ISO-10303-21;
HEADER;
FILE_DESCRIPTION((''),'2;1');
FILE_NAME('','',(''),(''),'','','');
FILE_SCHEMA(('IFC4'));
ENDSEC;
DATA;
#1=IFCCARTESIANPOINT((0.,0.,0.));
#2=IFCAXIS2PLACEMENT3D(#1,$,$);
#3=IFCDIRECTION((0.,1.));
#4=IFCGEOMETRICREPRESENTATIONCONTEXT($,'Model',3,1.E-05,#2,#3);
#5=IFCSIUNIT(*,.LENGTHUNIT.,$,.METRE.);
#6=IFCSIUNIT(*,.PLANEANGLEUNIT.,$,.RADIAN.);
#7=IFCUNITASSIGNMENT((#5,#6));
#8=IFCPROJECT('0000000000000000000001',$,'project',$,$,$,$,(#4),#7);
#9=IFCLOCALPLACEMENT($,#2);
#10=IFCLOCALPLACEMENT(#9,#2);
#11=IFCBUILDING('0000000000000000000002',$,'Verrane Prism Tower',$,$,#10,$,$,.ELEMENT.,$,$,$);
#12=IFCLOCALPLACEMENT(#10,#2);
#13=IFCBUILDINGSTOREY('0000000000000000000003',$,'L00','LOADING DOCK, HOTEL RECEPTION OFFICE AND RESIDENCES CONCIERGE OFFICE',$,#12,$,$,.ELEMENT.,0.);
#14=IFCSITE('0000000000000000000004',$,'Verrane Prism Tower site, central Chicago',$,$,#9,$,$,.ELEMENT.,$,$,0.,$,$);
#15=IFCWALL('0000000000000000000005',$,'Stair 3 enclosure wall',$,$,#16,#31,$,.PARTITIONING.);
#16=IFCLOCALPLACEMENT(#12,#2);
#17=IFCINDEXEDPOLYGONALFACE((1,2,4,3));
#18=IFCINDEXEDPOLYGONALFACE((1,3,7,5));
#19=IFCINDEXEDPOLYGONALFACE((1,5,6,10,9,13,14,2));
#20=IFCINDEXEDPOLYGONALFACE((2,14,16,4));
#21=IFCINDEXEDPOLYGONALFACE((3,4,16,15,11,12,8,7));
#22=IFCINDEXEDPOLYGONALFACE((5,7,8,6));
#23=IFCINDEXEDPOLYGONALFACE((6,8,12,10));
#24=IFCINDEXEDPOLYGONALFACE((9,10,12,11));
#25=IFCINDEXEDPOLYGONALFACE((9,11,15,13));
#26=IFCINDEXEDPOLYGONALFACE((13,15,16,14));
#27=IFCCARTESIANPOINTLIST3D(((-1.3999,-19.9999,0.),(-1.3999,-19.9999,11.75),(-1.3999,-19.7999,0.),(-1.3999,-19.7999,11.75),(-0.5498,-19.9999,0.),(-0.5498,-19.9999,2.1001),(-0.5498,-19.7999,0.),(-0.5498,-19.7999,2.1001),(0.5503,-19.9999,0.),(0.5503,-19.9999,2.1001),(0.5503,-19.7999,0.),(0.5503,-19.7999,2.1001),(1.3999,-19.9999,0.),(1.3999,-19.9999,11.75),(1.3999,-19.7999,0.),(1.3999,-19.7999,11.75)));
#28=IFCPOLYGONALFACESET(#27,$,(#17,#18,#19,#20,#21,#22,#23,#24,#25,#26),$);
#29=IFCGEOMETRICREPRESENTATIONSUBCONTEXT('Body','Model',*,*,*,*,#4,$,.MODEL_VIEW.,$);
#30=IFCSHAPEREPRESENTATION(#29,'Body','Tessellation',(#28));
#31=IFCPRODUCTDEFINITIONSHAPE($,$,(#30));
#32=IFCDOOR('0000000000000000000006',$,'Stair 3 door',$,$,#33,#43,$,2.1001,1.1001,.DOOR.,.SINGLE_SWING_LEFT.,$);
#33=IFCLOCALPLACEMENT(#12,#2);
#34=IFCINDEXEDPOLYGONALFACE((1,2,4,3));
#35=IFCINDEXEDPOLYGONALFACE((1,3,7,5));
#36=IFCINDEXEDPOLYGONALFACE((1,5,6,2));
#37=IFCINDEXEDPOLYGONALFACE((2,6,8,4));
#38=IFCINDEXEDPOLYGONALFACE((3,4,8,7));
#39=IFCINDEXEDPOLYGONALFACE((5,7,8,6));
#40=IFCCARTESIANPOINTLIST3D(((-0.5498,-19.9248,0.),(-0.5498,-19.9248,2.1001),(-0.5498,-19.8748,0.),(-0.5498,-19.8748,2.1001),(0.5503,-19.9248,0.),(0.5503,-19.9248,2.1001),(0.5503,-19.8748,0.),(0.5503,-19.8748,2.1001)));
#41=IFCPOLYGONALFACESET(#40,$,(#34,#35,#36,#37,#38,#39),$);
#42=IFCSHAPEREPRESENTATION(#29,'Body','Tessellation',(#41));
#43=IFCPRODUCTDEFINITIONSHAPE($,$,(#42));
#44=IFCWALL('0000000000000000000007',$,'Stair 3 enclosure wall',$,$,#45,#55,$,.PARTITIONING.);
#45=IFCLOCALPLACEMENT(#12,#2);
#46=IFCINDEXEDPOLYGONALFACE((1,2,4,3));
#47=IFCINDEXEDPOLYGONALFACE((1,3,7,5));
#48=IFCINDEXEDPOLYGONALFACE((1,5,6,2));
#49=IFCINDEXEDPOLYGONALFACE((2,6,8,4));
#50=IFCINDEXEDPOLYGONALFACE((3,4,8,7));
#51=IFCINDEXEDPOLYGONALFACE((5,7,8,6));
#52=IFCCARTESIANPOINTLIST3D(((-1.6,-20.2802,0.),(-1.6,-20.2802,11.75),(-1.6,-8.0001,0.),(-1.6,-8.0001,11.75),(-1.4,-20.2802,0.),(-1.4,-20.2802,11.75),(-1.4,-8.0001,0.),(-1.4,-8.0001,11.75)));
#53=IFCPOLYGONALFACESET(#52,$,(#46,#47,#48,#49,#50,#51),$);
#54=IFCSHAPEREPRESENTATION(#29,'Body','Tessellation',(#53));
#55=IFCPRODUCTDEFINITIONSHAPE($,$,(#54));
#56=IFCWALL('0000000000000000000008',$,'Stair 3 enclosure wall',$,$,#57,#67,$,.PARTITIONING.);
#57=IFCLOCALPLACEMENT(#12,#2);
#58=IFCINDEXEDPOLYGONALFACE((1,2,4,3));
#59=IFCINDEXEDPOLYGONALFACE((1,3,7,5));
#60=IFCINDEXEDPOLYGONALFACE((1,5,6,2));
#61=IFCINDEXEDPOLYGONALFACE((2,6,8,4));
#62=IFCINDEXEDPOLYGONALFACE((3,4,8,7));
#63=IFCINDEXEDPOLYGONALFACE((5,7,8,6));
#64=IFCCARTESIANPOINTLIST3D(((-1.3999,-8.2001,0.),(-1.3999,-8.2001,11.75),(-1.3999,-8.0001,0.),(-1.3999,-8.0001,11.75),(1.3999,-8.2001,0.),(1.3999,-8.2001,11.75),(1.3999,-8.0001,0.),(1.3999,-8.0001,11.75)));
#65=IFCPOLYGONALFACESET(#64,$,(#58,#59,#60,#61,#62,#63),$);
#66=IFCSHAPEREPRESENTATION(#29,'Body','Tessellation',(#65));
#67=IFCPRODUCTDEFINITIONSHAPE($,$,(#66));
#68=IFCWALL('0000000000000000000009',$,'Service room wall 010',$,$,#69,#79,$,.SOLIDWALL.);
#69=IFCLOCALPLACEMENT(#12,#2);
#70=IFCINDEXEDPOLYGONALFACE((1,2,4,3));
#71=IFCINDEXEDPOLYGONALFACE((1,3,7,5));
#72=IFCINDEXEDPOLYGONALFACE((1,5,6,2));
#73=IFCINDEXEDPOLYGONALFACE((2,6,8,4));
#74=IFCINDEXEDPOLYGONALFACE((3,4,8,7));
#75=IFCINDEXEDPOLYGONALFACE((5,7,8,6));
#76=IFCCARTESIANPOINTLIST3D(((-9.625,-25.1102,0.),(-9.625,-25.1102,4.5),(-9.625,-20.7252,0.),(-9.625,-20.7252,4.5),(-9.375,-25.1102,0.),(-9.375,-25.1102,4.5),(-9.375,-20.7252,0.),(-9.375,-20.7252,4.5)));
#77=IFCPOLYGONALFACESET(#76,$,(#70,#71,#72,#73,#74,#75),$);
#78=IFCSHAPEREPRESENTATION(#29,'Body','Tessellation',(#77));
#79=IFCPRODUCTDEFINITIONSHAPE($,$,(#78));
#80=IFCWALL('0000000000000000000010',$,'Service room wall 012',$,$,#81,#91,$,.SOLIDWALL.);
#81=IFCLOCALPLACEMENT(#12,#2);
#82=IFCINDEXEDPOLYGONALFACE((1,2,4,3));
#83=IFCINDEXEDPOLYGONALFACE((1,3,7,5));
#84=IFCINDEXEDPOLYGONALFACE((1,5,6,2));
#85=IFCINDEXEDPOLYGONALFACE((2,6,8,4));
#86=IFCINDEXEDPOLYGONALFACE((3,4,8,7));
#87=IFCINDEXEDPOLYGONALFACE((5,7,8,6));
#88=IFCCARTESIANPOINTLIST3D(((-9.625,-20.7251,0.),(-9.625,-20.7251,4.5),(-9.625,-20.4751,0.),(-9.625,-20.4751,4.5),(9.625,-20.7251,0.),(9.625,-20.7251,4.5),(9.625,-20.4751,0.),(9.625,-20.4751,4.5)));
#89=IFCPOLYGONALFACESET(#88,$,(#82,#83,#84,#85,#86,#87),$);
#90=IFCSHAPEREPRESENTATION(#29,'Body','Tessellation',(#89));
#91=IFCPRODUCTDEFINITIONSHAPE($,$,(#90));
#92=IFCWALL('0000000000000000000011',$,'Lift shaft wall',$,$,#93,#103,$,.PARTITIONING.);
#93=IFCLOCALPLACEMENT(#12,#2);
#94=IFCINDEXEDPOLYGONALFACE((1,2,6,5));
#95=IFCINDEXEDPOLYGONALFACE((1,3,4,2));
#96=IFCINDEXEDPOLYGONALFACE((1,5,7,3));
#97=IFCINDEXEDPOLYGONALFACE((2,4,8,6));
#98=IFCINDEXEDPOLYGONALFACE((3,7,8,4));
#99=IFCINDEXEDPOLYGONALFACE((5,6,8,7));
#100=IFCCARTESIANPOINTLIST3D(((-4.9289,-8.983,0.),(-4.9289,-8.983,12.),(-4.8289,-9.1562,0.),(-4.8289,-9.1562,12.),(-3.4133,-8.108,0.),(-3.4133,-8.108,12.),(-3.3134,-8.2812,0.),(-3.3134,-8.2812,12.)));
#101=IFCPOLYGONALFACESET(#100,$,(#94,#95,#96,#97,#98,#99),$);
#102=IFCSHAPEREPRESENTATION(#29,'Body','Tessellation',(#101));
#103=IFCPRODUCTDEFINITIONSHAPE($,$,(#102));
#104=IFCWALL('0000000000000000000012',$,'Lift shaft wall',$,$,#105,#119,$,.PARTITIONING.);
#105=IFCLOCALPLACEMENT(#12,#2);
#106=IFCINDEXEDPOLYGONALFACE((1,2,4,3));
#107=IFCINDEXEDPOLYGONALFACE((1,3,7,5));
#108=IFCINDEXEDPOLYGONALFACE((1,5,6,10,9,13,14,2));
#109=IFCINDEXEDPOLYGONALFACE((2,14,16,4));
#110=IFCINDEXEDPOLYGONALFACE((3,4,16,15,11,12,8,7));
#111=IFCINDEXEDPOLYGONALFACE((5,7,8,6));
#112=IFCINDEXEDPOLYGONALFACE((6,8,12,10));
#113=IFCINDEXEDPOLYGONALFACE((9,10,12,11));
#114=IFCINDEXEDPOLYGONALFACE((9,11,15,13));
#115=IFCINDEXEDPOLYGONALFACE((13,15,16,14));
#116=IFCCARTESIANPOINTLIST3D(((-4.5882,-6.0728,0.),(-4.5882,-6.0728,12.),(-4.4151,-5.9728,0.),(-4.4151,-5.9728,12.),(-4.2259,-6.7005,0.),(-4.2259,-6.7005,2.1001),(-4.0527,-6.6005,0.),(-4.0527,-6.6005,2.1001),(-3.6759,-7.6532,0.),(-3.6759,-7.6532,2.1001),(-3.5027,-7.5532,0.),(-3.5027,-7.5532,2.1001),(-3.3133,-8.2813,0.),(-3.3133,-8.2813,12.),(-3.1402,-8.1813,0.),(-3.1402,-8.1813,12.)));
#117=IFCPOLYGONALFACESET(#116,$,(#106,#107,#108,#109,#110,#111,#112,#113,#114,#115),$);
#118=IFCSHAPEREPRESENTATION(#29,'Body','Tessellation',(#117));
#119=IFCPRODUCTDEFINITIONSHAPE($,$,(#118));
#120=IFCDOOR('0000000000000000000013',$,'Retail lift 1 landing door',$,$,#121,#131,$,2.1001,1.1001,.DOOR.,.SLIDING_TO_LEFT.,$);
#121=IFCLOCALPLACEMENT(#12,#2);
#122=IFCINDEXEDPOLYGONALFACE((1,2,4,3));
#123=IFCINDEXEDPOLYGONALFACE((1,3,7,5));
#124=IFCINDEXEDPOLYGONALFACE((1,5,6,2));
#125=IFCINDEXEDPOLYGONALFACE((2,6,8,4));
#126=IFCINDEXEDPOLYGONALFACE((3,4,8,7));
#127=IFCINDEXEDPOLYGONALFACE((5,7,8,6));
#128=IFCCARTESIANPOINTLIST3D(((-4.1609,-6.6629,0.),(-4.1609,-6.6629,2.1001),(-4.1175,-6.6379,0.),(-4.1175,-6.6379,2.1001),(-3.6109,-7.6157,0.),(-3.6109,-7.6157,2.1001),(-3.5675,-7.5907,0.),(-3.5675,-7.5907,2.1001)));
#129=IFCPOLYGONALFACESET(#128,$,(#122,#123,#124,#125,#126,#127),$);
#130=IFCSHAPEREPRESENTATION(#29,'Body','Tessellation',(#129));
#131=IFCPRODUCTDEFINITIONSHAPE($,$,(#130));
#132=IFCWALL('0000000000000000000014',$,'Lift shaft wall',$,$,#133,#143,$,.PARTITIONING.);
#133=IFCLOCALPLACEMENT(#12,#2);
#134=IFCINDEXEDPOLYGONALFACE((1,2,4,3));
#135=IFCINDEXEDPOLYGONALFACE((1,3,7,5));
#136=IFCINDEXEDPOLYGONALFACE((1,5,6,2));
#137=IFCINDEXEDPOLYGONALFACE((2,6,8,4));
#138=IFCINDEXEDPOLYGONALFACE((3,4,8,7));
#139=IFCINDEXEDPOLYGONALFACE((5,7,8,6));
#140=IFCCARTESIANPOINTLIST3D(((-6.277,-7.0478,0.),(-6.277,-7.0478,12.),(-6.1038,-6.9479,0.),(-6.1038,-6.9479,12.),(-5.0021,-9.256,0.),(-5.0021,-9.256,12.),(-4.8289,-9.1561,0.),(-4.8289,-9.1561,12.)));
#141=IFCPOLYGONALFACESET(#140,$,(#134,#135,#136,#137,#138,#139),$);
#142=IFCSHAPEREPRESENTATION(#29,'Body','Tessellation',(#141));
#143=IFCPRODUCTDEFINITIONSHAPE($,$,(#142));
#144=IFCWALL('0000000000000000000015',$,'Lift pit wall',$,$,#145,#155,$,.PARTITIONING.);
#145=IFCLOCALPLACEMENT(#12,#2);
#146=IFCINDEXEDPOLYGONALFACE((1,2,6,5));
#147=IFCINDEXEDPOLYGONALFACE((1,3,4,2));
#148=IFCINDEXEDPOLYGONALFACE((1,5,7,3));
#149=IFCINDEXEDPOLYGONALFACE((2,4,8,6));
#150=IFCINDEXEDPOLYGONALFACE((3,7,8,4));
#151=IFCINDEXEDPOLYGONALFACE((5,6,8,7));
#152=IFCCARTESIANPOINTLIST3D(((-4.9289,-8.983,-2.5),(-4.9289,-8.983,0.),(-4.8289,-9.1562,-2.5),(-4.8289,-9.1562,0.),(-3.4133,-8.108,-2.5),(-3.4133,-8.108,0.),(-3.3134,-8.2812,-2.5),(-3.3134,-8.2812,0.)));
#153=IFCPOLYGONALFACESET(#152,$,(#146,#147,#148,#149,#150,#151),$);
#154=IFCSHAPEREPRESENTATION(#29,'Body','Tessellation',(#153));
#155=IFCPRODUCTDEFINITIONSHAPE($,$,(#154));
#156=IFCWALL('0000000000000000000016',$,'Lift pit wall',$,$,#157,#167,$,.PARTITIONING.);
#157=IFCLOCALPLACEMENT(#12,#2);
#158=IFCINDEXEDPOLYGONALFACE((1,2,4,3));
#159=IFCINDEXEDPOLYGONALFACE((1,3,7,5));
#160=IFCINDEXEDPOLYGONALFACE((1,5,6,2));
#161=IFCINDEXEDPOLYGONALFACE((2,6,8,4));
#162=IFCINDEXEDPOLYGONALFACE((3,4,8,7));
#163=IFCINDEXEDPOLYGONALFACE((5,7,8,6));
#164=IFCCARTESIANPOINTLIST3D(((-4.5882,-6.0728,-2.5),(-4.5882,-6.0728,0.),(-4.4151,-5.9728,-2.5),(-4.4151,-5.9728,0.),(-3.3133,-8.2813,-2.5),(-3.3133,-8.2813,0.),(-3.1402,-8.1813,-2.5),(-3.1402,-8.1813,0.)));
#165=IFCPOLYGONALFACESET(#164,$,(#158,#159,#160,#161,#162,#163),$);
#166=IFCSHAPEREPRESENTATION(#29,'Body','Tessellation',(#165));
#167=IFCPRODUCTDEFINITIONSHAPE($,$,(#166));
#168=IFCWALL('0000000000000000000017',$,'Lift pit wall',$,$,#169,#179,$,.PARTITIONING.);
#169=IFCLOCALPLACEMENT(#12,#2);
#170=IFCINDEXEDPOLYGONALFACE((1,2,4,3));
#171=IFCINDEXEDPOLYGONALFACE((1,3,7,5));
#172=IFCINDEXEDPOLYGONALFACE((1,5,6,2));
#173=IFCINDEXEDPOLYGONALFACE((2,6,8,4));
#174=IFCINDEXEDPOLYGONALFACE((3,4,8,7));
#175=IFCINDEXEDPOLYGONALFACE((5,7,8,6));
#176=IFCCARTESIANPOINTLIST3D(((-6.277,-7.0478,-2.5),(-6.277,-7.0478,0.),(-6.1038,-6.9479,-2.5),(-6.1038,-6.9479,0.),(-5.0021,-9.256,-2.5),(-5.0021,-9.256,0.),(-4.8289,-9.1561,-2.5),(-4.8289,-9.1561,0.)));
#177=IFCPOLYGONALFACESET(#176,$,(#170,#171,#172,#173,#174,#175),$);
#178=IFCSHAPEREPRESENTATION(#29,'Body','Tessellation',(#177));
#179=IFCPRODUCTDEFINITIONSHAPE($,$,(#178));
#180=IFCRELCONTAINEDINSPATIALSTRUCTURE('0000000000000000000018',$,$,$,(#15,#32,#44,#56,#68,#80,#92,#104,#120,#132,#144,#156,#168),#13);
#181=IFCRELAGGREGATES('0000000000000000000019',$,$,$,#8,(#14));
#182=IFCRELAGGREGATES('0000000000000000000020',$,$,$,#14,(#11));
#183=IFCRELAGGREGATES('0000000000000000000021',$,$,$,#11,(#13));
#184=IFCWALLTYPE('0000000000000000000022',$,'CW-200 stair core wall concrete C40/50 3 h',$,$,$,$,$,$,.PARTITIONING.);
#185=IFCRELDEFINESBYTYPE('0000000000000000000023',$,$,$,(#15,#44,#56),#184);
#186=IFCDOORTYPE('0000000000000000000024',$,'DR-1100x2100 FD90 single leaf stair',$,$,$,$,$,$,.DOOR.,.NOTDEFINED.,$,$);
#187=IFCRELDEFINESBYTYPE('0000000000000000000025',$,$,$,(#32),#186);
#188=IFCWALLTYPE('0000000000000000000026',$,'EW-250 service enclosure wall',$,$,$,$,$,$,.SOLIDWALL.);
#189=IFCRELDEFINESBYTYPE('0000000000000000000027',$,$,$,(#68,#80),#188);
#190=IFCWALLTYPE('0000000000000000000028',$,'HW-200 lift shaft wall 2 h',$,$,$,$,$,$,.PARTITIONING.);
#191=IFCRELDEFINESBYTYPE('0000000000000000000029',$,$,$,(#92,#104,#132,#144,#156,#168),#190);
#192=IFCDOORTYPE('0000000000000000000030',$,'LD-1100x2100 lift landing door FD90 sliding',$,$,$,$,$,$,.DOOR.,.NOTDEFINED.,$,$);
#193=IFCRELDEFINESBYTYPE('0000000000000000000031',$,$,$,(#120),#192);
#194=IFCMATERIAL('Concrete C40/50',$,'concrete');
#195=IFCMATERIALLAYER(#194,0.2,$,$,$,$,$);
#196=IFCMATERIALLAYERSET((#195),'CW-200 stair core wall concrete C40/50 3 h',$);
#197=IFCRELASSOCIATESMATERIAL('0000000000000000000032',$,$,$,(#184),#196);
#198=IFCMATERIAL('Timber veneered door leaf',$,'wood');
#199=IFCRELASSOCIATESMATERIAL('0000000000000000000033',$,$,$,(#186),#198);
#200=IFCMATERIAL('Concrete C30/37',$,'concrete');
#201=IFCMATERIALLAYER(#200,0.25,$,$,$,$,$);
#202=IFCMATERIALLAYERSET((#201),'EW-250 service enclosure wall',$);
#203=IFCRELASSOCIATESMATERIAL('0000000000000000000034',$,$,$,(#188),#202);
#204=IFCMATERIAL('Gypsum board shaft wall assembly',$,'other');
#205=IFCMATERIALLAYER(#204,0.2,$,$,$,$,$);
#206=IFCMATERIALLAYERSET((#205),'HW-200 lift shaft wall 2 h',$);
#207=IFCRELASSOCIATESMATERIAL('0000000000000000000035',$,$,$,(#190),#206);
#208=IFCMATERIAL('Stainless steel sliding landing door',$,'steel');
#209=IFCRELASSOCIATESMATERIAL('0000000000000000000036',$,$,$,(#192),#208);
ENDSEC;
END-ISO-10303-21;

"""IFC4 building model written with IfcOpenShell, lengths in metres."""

from ifc_helpers import new_model, si_unit, direction, frame, frame_2d, origin, place, context, subcontext, project, spatial, rectangle, extrude, material, layer, layer_set, type_object, element, fill, save


model = new_model("IFC4")

# Units and contexts
model_context = context("Model", 3, precision=1e-05, world=origin(), true_north=direction((0.0, 1.0)))
body_context = subcontext(model_context, "Body", "Model", "MODEL_VIEW")
ifc_project = project(units=[si_unit("LENGTHUNIT", "METRE"), si_unit("PLANEANGLEUNIT", "RADIAN")], contexts=[model_context])

# Site, building, storey
site_placement = place(None, origin())
site = spatial("IfcSite", under=ifc_project, at=site_placement, Name="Verrane Prism Tower site, central Chicago", CompositionType="ELEMENT", RefElevation=0.0)
building_placement = place(site_placement, origin())
building = spatial("IfcBuilding", under=site, at=building_placement, Name="Verrane Prism Tower", CompositionType="ELEMENT")
storey_placement = place(building_placement, origin())
storey = spatial("IfcBuildingStorey", under=building, at=storey_placement, Name="L00", Description="LOADING DOCK, HOTEL RECEPTION OFFICE AND RESIDENCES CONCIERGE OFFICE", CompositionType="ELEMENT", Elevation=0.0)

# Wall, opening, door
ifc_material_1 = material(Name="Concrete C40/50", Category="concrete")
ifc_layer_1 = layer(ifc_material_1, 0.2)
ifc_layer_set_1 = layer_set([ifc_layer_1], Name="CW-200 stair core wall concrete C40/50 3 h")
wall_type_1 = type_object("IfcWallType", Name="CW-200 stair core wall concrete C40/50 3 h", PredefinedType="PARTITIONING", material=ifc_layer_set_1)
wall_1_placement = place(storey_placement, frame((-1.3999, -19.8999, 0.0), z_axis=(0.0, 0.0, 1.0), x_axis=(1.0, 0.0, 0.0)))
wall_1 = element("IfcWall", 1, at=wall_1_placement, inside=storey, type_object=wall_type_1, Name="Stair 3 enclosure wall", PredefinedType="PARTITIONING", context=body_context, shape_type="SweptSolid", body=[
    extrude(rectangle(XDim=2.7998, YDim=0.2, at=frame_2d((1.3999, 0.0))), origin(), (0.0, 0.0, 1.0), 11.75),
])
opening_1_placement = place(wall_1_placement, frame((0.8501, 0.0, 0.0)))
opening_1 = element("IfcOpeningElement", 2, at=opening_1_placement, cuts=wall_1, PredefinedType="OPENING", context=body_context, shape_type="SweptSolid", body=[
    extrude(rectangle(XDim=1.1001, YDim=2.1001, at=frame_2d((0.55, 1.05))), frame((0.0, 0.1099, 0.0), z_axis=(0.0, -1.0, 0.0), x_axis=(1.0, 0.0, 0.0)), (0.0, 0.0, 1.0), 0.22),
])
ifc_material_2 = material(Name="Timber veneered door leaf", Category="wood")
door_type_1 = type_object("IfcDoorType", Name="DR-1100x2100 FD90 single leaf stair", OperationType="NOTDEFINED", PredefinedType="DOOR", material=ifc_material_2)
door_1_placement = place(opening_1_placement, frame((1.1001, 0.0, 0.0), z_axis=(0.0, 0.0, 1.0), x_axis=(-1.0, 0.0, 0.0)))
door_1 = element("IfcDoor", 3, at=door_1_placement, inside=storey, type_object=door_type_1, Name="Stair 3 door", OperationType="SINGLE_SWING_LEFT", OverallHeight=2.1001, OverallWidth=1.1001, PredefinedType="DOOR", context=body_context, shape_type="SweptSolid", body=[
    extrude(rectangle(XDim=1.1001, YDim=2.1001, at=frame_2d((0.55, 1.05))), frame((0.0, 0.0249, 0.0), z_axis=(0.0, -1.0, 0.0), x_axis=(1.0, 0.0, 0.0)), (0.0, 0.0, 1.0), 0.05),
])
fill(opening_1, door_1)

# Walls
wall_2_placement = place(storey_placement, frame((-1.5, -8.0, 0.0), z_axis=(0.0, 0.0, 1.0), x_axis=(0.0, -1.0, 0.0)))
element("IfcWall", 4, at=wall_2_placement, inside=storey, type_object=wall_type_1, Name="Stair 3 enclosure wall", PredefinedType="PARTITIONING", context=body_context, shape_type="SweptSolid", body=[
    extrude(rectangle(XDim=12.28, YDim=0.2, at=frame_2d((6.1401, 0.0))), origin(), (0.0, 0.0, 1.0), 11.75),
])
wall_3_placement = place(storey_placement, frame((-1.3999, -8.1001, 0.0), z_axis=(0.0, 0.0, 1.0), x_axis=(1.0, 0.0, 0.0)))
element("IfcWall", 5, at=wall_3_placement, inside=storey, type_object=wall_type_1, Name="Stair 3 enclosure wall", PredefinedType="PARTITIONING", context=body_context, shape_type="SweptSolid", body=[
    extrude(rectangle(XDim=2.7998, YDim=0.2, at=frame_2d((1.3999, 0.0))), origin(), (0.0, 0.0, 1.0), 11.75),
])
ifc_material_3 = material(Name="Concrete C30/37", Category="concrete")
ifc_layer_2 = layer(ifc_material_3, 0.25)
ifc_layer_set_2 = layer_set([ifc_layer_2], Name="EW-250 service enclosure wall")
wall_type_2 = type_object("IfcWallType", Name="EW-250 service enclosure wall", PredefinedType="SOLIDWALL", material=ifc_layer_set_2)
wall_4_placement = place(storey_placement, frame((-9.5, -25.1101, 0.0), z_axis=(0.0, 0.0, 1.0), x_axis=(0.0, 1.0, 0.0)))
element("IfcWall", 6, at=wall_4_placement, inside=storey, type_object=wall_type_2, Name="Service room wall 010", PredefinedType="SOLIDWALL", context=body_context, shape_type="SweptSolid", body=[
    extrude(rectangle(XDim=4.385, YDim=0.25, at=frame_2d((2.1924, 0.0))), origin(), (0.0, 0.0, 1.0), 4.5),
])
wall_5_placement = place(storey_placement, frame((-9.625, -20.6001, 0.0), z_axis=(0.0, 0.0, 1.0), x_axis=(1.0, 0.0, 0.0)))
element("IfcWall", 7, at=wall_5_placement, inside=storey, type_object=wall_type_2, Name="Service room wall 012", PredefinedType="SOLIDWALL", context=body_context, shape_type="SweptSolid", body=[
    extrude(rectangle(XDim=19.25, YDim=0.25, at=frame_2d((9.625, 0.0))), origin(), (0.0, 0.0, 1.0), 4.5),
])
ifc_material_4 = material(Name="Gypsum board shaft wall assembly", Category="other")
ifc_layer_3 = layer(ifc_material_4, 0.2)
ifc_layer_set_3 = layer_set([ifc_layer_3], Name="HW-200 lift shaft wall 2 h")
wall_type_3 = type_object("IfcWallType", Name="HW-200 lift shaft wall 2 h", PredefinedType="PARTITIONING", material=ifc_layer_set_3)
wall_6_placement = place(storey_placement, frame((-4.8789, -9.0696, 0.0), z_axis=(0.0, 0.0, 1.0), x_axis=(0.866037, 0.49998, 0.0)))
element("IfcWall", 8, at=wall_6_placement, inside=storey, type_object=wall_type_3, Name="Lift shaft wall", PredefinedType="PARTITIONING", context=body_context, shape_type="SweptSolid", body=[
    extrude(rectangle(XDim=1.75, YDim=0.2, at=frame_2d((0.875, 0.0))), origin(), (0.0, 0.0, 1.0), 12.0),
])

# Wall, opening, door
wall_7_placement = place(storey_placement, frame((-3.2268, -8.2312, 0.0), z_axis=(0.0, 0.0, 1.0), x_axis=(-0.499949, 0.866055, 0.0)))
wall_7 = element("IfcWall", 9, at=wall_7_placement, inside=storey, type_object=wall_type_3, Name="Lift shaft wall", PredefinedType="PARTITIONING", context=body_context, shape_type="SweptSolid", body=[
    extrude(rectangle(XDim=2.55, YDim=0.2, at=frame_2d((1.2749, 0.0))), origin(), (0.0, 0.0, 1.0), 12.0),
])
opening_2_placement = place(wall_7_placement, frame((0.7251, 0.0, 0.0)))
opening_2 = element("IfcOpeningElement", 10, at=opening_2_placement, cuts=wall_7, PredefinedType="OPENING", context=body_context, shape_type="SweptSolid", body=[
    extrude(rectangle(XDim=1.1001, YDim=2.1001, at=frame_2d((0.55, 1.05))), frame((0.0, 0.1099, 0.0), z_axis=(0.0, -1.0, 0.0), x_axis=(1.0, 0.0, 0.0)), (0.0, 0.0, 1.0), 0.22),
])
ifc_material_5 = material(Name="Stainless steel sliding landing door", Category="steel")
door_type_2 = type_object("IfcDoorType", Name="LD-1100x2100 lift landing door FD90 sliding", OperationType="NOTDEFINED", PredefinedType="DOOR", material=ifc_material_5)
door_2_placement = place(opening_2_placement, origin())
door_2 = element("IfcDoor", 11, at=door_2_placement, inside=storey, type_object=door_type_2, Name="Retail lift 1 landing door", OperationType="SLIDING_TO_LEFT", OverallHeight=2.1001, OverallWidth=1.1001, PredefinedType="DOOR", context=body_context, shape_type="SweptSolid", body=[
    extrude(rectangle(XDim=1.1001, YDim=2.1001, at=frame_2d((0.55, 1.05))), frame((0.0, 0.0249, 0.0), z_axis=(0.0, -1.0, 0.0), x_axis=(1.0, 0.0, 0.0)), (0.0, 0.0, 1.0), 0.05),
])
fill(opening_2, door_2)

# Walls
wall_8_placement = place(storey_placement, frame((-4.9155, -9.2061, 0.0), z_axis=(0.0, 0.0, 1.0), x_axis=(-0.49999, 0.866031, 0.0)))
element("IfcWall", 12, at=wall_8_placement, inside=storey, type_object=wall_type_3, Name="Lift shaft wall", PredefinedType="PARTITIONING", context=body_context, shape_type="SweptSolid", body=[
    extrude(rectangle(XDim=2.5498, YDim=0.2, at=frame_2d((1.2749, 0.0))), origin(), (0.0, 0.0, 1.0), 12.0),
])
wall_9_placement = place(storey_placement, frame((-4.8789, -9.0696, -2.5), z_axis=(0.0, 0.0, 1.0), x_axis=(0.866037, 0.49998, 0.0)))
element("IfcWall", 13, at=wall_9_placement, inside=storey, type_object=wall_type_3, Name="Lift pit wall", PredefinedType="PARTITIONING", context=body_context, shape_type="SweptSolid", body=[
    extrude(rectangle(XDim=1.75, YDim=0.2, at=frame_2d((0.875, 0.0))), origin(), (0.0, 0.0, 1.0), 2.5),
])
wall_10_placement = place(storey_placement, frame((-3.2268, -8.2312, -2.5), z_axis=(0.0, 0.0, 1.0), x_axis=(-0.499949, 0.866055, 0.0)))
element("IfcWall", 14, at=wall_10_placement, inside=storey, type_object=wall_type_3, Name="Lift pit wall", PredefinedType="PARTITIONING", context=body_context, shape_type="SweptSolid", body=[
    extrude(rectangle(XDim=2.55, YDim=0.2, at=frame_2d((1.2749, 0.0))), origin(), (0.0, 0.0, 1.0), 2.5),
])
wall_11_placement = place(storey_placement, frame((-4.9155, -9.2061, -2.5), z_axis=(0.0, 0.0, 1.0), x_axis=(-0.49999, 0.866031, 0.0)))
element("IfcWall", 15, at=wall_11_placement, inside=storey, type_object=wall_type_3, Name="Lift pit wall", PredefinedType="PARTITIONING", context=body_context, shape_type="SweptSolid", body=[
    extrude(rectangle(XDim=2.5498, YDim=0.2, at=frame_2d((1.2749, 0.0))), origin(), (0.0, 0.0, 1.0), 2.5),
])

save(model, "model.ifc")
